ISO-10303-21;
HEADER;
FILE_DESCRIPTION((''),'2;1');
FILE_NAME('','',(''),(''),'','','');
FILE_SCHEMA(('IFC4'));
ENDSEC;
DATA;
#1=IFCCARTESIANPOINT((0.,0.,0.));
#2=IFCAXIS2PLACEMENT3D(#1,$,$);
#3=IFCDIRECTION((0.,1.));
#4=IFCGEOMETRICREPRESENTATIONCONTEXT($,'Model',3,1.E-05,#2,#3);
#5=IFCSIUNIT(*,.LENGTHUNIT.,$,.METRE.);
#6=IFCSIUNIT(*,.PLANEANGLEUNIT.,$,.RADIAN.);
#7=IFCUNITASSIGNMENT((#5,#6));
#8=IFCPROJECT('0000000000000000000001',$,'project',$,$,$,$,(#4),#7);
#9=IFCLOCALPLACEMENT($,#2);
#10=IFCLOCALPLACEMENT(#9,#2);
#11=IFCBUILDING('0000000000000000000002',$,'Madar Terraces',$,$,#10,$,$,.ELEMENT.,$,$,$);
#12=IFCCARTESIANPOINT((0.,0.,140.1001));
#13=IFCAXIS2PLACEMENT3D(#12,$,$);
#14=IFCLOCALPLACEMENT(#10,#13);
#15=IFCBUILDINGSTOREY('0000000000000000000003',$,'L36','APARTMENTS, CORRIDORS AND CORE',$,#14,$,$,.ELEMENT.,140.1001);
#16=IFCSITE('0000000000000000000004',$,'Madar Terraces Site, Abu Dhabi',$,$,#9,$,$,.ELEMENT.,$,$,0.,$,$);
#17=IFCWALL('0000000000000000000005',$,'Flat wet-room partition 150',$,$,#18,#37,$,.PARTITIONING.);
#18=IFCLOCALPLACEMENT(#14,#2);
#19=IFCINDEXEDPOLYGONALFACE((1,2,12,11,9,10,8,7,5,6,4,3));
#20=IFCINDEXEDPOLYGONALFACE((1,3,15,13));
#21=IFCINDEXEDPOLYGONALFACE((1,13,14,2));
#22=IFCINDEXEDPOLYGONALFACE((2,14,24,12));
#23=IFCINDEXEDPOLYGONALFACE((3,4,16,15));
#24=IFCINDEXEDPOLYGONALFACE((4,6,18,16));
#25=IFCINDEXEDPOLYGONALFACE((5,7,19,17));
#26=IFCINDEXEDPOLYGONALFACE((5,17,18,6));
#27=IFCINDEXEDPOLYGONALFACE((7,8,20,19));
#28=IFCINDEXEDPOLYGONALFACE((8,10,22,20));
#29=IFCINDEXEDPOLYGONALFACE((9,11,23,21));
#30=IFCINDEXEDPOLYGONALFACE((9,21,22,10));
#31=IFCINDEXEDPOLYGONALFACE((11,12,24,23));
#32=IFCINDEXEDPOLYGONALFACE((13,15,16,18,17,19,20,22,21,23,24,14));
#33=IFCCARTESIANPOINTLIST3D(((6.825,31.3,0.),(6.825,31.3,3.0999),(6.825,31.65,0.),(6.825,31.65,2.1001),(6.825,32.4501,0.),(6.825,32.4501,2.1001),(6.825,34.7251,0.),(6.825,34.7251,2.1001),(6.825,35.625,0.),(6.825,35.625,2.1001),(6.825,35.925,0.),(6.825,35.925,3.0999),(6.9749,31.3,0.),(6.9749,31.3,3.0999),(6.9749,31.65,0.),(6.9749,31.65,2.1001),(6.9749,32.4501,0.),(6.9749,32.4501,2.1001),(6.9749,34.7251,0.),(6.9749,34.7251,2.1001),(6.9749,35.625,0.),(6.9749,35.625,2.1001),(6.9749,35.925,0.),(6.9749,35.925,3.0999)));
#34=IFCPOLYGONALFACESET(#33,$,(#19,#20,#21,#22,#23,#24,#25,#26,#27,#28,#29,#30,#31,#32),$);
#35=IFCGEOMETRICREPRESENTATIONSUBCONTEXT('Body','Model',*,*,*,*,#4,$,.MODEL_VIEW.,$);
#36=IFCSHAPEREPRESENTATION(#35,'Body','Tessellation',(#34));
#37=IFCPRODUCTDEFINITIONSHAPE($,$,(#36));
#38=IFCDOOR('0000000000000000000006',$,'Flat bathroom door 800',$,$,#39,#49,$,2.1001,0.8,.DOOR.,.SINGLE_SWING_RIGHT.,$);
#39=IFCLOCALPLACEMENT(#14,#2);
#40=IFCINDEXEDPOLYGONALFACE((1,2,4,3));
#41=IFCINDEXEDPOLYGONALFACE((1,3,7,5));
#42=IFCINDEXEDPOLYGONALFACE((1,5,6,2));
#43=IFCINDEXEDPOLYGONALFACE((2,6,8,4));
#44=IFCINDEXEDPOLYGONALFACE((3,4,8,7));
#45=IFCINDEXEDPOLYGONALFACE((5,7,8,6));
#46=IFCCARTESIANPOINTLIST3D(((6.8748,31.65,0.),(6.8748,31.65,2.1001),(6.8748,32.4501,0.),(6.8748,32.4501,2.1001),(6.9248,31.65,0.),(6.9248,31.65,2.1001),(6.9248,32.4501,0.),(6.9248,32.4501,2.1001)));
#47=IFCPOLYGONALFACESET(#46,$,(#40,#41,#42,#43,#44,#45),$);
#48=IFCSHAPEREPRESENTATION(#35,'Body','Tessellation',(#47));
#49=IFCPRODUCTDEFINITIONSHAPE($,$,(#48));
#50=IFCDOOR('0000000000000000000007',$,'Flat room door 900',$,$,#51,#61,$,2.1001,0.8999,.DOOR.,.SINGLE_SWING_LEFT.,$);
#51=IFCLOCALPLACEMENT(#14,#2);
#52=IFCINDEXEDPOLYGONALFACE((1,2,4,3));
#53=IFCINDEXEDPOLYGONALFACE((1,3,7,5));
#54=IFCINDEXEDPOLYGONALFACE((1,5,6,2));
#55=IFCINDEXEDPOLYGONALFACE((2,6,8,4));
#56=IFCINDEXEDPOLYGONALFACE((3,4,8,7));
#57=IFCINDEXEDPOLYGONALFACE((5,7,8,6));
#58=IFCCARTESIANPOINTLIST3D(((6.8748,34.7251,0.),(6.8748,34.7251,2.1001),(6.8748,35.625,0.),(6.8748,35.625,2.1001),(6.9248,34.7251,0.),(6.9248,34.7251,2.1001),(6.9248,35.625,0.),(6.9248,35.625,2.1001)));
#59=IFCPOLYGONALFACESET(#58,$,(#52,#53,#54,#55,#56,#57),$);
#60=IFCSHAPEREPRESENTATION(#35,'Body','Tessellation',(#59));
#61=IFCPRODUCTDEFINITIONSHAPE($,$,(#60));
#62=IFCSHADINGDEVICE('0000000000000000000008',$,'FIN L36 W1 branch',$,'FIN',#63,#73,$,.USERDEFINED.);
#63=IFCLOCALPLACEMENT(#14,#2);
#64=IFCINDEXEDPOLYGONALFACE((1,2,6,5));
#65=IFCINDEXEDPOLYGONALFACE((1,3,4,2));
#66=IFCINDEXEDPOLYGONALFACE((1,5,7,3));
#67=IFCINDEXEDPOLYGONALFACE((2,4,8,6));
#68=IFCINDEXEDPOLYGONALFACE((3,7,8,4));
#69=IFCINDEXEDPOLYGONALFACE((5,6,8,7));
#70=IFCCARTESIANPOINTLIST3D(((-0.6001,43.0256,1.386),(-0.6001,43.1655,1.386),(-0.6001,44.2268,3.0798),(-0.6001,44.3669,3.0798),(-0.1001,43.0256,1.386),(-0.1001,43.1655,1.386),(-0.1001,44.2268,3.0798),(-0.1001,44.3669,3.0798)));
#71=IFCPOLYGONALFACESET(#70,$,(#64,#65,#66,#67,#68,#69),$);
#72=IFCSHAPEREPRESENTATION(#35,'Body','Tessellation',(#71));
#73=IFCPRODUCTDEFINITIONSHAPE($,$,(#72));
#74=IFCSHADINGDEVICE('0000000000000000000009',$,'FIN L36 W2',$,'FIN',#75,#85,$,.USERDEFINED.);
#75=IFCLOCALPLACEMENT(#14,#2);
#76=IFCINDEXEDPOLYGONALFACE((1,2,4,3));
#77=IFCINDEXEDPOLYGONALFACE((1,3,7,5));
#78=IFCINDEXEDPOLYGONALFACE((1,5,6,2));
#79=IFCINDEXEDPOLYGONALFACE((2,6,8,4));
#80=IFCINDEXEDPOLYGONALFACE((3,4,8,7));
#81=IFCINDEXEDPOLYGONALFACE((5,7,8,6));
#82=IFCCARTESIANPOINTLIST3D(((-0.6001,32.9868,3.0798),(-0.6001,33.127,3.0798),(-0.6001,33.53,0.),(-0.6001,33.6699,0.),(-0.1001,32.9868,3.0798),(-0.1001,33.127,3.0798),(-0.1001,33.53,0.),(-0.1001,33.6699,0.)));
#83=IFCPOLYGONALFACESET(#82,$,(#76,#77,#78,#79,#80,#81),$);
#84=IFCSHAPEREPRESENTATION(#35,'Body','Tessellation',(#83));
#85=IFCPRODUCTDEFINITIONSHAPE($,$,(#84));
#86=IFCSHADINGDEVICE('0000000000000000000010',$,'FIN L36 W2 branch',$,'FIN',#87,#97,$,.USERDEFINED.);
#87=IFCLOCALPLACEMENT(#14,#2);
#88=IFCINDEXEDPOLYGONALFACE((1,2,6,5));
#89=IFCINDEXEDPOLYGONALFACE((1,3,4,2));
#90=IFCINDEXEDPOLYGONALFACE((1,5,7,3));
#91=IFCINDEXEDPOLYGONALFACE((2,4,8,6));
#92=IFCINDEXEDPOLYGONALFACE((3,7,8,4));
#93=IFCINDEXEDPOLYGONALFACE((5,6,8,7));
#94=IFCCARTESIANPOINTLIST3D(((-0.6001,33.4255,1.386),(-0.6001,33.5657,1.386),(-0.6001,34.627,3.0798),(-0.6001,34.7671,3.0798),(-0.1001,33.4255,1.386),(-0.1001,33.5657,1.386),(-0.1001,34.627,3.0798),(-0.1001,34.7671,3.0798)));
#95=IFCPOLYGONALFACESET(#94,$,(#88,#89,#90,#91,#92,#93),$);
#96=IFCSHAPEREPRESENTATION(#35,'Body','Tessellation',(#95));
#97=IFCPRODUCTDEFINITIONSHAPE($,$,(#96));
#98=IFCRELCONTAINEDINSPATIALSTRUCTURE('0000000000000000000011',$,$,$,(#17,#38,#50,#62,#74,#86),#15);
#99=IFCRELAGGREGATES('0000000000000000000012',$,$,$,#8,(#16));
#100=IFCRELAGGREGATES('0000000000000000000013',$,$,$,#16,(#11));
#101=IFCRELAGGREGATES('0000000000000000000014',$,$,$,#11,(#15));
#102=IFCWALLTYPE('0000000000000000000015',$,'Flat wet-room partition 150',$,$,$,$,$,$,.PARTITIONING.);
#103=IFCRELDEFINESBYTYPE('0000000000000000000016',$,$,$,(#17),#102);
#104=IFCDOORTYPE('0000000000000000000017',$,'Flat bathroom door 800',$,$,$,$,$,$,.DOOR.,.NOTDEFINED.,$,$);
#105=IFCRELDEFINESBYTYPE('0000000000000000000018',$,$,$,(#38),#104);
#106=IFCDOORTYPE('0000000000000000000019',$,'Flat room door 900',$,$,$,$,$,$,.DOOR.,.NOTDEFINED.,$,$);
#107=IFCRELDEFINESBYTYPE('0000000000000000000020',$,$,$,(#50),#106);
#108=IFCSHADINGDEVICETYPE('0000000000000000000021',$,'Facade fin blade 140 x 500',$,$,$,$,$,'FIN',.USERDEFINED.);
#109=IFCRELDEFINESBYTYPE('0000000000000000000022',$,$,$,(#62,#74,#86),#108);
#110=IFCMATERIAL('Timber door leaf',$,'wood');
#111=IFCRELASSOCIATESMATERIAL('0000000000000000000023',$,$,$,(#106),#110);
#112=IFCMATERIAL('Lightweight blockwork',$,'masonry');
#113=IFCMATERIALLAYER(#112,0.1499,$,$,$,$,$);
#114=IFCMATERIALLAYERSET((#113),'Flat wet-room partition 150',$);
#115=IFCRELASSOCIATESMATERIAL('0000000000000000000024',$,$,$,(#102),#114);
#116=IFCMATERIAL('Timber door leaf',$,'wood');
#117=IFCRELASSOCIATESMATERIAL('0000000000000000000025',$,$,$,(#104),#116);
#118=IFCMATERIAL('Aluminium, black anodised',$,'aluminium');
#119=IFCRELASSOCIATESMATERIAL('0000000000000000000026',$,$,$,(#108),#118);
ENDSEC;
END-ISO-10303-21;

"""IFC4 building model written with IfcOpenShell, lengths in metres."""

from ifc_helpers import new_model, si_unit, direction, frame, frame_2d, origin, place, context, subcontext, project, spatial, polyline, rectangle, outline, extrude, material, layer, layer_set, type_object, element, fill, save


model = new_model("IFC4")

# Units and contexts
model_context = context("Model", 3, precision=1e-05, world=origin(), true_north=direction((0.0, 1.0)))
body_context = subcontext(model_context, "Body", "Model", "MODEL_VIEW")
ifc_project = project(units=[si_unit("LENGTHUNIT", "METRE"), si_unit("PLANEANGLEUNIT", "RADIAN")], contexts=[model_context])

# Site, building, storey
site_placement = place(None, origin())
site = spatial("IfcSite", under=ifc_project, at=site_placement, Name="Madar Terraces Site, Abu Dhabi", CompositionType="ELEMENT", RefElevation=0.0)
building_placement = place(site_placement, origin())
building = spatial("IfcBuilding", under=site, at=building_placement, Name="Madar Terraces", CompositionType="ELEMENT")
storey_placement = place(building_placement, frame((0.0, 0.0, 140.1001)))
storey = spatial("IfcBuildingStorey", under=building, at=storey_placement, Name="L36", Description="APARTMENTS, CORRIDORS AND CORE", CompositionType="ELEMENT", Elevation=140.1001)

# Shared definitions
ifc_material_1 = material(Name="Timber door leaf", Category="wood")
door_type_1 = type_object("IfcDoorType", Name="Flat room door 900", OperationType="NOTDEFINED", PredefinedType="DOOR", material=ifc_material_1)

# Wall, openings, doors
ifc_material_2 = material(Name="Lightweight blockwork", Category="masonry")
ifc_layer_1 = layer(ifc_material_2, 0.1499)
ifc_layer_set_1 = layer_set([ifc_layer_1], Name="Flat wet-room partition 150")
wall_type_1 = type_object("IfcWallType", Name="Flat wet-room partition 150", PredefinedType="PARTITIONING", material=ifc_layer_set_1)
wall_1_placement = place(storey_placement, frame((6.8999, 35.925, 0.0), z_axis=(0.0, 0.0, 1.0), x_axis=(0.0, -1.0, 0.0)))
wall_1 = element("IfcWall", 1, at=wall_1_placement, inside=storey, type_object=wall_type_1, Name="Flat wet-room partition 150", PredefinedType="PARTITIONING", context=body_context, shape_type="SweptSolid", body=[
    extrude(rectangle(XDim=4.625, YDim=0.1499, at=frame_2d((2.3125, 0.0))), origin(), (0.0, 0.0, 1.0), 3.0999),
])
opening_1_placement = place(wall_1_placement, frame((0.3, 0.0, 0.0)))
opening_1 = element("IfcOpeningElement", 2, at=opening_1_placement, cuts=wall_1, PredefinedType="OPENING", context=body_context, shape_type="SweptSolid", body=[
    extrude(rectangle(XDim=0.8999, YDim=2.1001, at=frame_2d((0.45, 1.05))), frame((0.0, 0.085, 0.0), z_axis=(0.0, -1.0, 0.0), x_axis=(1.0, 0.0, 0.0)), (0.0, 0.0, 1.0), 0.1699),
])
opening_2_placement = place(wall_1_placement, frame((3.4751, 0.0, 0.0)))
opening_2 = element("IfcOpeningElement", 3, at=opening_2_placement, cuts=wall_1, PredefinedType="OPENING", context=body_context, shape_type="SweptSolid", body=[
    extrude(rectangle(XDim=0.8, YDim=2.1001, at=frame_2d((0.3999, 1.05))), frame((0.0, 0.085, 0.0), z_axis=(0.0, -1.0, 0.0), x_axis=(1.0, 0.0, 0.0)), (0.0, 0.0, 1.0), 0.1699),
])
ifc_material_3 = material(Name="Timber door leaf", Category="wood")
door_type_2 = type_object("IfcDoorType", Name="Flat bathroom door 800", OperationType="NOTDEFINED", PredefinedType="DOOR", material=ifc_material_3)
door_1_placement = place(opening_2_placement, origin())
door_1 = element("IfcDoor", 4, at=door_1_placement, inside=storey, type_object=door_type_2, Name="Flat bathroom door 800", OperationType="SINGLE_SWING_RIGHT", OverallHeight=2.1001, OverallWidth=0.8, PredefinedType="DOOR", context=body_context, shape_type="SweptSolid", body=[
    extrude(rectangle(XDim=0.8, YDim=2.1001, at=frame_2d((0.3999, 1.05))), frame((0.0, 0.0249, 0.0), z_axis=(0.0, -1.0, 0.0), x_axis=(1.0, 0.0, 0.0)), (0.0, 0.0, 1.0), 0.05),
])
fill(opening_2, door_1)
door_2_placement = place(opening_1_placement, origin())
door_2 = element("IfcDoor", 5, at=door_2_placement, inside=storey, type_object=door_type_1, Name="Flat room door 900", OperationType="SINGLE_SWING_LEFT", OverallHeight=2.1001, OverallWidth=0.8999, PredefinedType="DOOR", context=body_context, shape_type="SweptSolid", body=[
    extrude(rectangle(XDim=0.8999, YDim=2.1001, at=frame_2d((0.45, 1.05))), frame((0.0, 0.0249, 0.0), z_axis=(0.0, -1.0, 0.0), x_axis=(1.0, 0.0, 0.0)), (0.0, 0.0, 1.0), 0.05),
])
fill(opening_1, door_2)

# Shading devices
ifc_material_4 = material(Name="Aluminium, black anodised", Category="aluminium")
shading_device_type = type_object("IfcShadingDeviceType", Name="Facade fin blade 140 x 500", ElementType="FIN", PredefinedType="USERDEFINED", material=ifc_material_4)
shading_device_1_placement = place(storey_placement, frame((-0.3501, 43.1655, 1.386), z_axis=(0.0, 0.0, 1.0), x_axis=(0.0, -1.0, 0.0)))
element("IfcShadingDevice", 6, at=shading_device_1_placement, inside=storey, type_object=shading_device_type, Name="FIN L36 W1 branch", ObjectType="FIN", PredefinedType="USERDEFINED", context=body_context, shape_type="SweptSolid", body=[
    extrude(outline(polyline([(0.0, 0.0), (0.1399, 0.0), (-1.0613, 1.6938), (-1.2014, 1.6938), (0.0, 0.0)])), frame((0.0, 0.25, 0.0), z_axis=(0.0, -1.0, 0.0), x_axis=(1.0, 0.0, 0.0)), (0.0, 0.0, 1.0), 0.5),
])
shading_device_2_placement = place(storey_placement, frame((-0.3501, 33.6699, 0.0), z_axis=(0.0, 0.0, 1.0), x_axis=(0.0, -1.0, 0.0)))
element("IfcShadingDevice", 7, at=shading_device_2_placement, inside=storey, type_object=shading_device_type, Name="FIN L36 W2", ObjectType="FIN", PredefinedType="USERDEFINED", context=body_context, shape_type="SweptSolid", body=[
    extrude(outline(polyline([(0.0, 0.0), (0.1399, 0.0), (0.6831, 3.0798), (0.543, 3.0798), (0.0, 0.0)])), frame((0.0, 0.25, 0.0), z_axis=(0.0, -1.0, 0.0), x_axis=(1.0, 0.0, 0.0)), (0.0, 0.0, 1.0), 0.5),
])
shading_device_3_placement = place(storey_placement, frame((-0.3501, 33.5657, 1.386), z_axis=(0.0, 0.0, 1.0), x_axis=(0.0, -1.0, 0.0)))
element("IfcShadingDevice", 8, at=shading_device_3_placement, inside=storey, type_object=shading_device_type, Name="FIN L36 W2 branch", ObjectType="FIN", PredefinedType="USERDEFINED", context=body_context, shape_type="SweptSolid", body=[
    extrude(outline(polyline([(0.0, 0.0), (0.1401, 0.0), (-1.0613, 1.6938), (-1.2014, 1.6938), (0.0, 0.0)])), frame((0.0, 0.25, 0.0), z_axis=(0.0, -1.0, 0.0), x_axis=(1.0, 0.0, 0.0)), (0.0, 0.0, 1.0), 0.5),
])

save(model, "model.ifc")
